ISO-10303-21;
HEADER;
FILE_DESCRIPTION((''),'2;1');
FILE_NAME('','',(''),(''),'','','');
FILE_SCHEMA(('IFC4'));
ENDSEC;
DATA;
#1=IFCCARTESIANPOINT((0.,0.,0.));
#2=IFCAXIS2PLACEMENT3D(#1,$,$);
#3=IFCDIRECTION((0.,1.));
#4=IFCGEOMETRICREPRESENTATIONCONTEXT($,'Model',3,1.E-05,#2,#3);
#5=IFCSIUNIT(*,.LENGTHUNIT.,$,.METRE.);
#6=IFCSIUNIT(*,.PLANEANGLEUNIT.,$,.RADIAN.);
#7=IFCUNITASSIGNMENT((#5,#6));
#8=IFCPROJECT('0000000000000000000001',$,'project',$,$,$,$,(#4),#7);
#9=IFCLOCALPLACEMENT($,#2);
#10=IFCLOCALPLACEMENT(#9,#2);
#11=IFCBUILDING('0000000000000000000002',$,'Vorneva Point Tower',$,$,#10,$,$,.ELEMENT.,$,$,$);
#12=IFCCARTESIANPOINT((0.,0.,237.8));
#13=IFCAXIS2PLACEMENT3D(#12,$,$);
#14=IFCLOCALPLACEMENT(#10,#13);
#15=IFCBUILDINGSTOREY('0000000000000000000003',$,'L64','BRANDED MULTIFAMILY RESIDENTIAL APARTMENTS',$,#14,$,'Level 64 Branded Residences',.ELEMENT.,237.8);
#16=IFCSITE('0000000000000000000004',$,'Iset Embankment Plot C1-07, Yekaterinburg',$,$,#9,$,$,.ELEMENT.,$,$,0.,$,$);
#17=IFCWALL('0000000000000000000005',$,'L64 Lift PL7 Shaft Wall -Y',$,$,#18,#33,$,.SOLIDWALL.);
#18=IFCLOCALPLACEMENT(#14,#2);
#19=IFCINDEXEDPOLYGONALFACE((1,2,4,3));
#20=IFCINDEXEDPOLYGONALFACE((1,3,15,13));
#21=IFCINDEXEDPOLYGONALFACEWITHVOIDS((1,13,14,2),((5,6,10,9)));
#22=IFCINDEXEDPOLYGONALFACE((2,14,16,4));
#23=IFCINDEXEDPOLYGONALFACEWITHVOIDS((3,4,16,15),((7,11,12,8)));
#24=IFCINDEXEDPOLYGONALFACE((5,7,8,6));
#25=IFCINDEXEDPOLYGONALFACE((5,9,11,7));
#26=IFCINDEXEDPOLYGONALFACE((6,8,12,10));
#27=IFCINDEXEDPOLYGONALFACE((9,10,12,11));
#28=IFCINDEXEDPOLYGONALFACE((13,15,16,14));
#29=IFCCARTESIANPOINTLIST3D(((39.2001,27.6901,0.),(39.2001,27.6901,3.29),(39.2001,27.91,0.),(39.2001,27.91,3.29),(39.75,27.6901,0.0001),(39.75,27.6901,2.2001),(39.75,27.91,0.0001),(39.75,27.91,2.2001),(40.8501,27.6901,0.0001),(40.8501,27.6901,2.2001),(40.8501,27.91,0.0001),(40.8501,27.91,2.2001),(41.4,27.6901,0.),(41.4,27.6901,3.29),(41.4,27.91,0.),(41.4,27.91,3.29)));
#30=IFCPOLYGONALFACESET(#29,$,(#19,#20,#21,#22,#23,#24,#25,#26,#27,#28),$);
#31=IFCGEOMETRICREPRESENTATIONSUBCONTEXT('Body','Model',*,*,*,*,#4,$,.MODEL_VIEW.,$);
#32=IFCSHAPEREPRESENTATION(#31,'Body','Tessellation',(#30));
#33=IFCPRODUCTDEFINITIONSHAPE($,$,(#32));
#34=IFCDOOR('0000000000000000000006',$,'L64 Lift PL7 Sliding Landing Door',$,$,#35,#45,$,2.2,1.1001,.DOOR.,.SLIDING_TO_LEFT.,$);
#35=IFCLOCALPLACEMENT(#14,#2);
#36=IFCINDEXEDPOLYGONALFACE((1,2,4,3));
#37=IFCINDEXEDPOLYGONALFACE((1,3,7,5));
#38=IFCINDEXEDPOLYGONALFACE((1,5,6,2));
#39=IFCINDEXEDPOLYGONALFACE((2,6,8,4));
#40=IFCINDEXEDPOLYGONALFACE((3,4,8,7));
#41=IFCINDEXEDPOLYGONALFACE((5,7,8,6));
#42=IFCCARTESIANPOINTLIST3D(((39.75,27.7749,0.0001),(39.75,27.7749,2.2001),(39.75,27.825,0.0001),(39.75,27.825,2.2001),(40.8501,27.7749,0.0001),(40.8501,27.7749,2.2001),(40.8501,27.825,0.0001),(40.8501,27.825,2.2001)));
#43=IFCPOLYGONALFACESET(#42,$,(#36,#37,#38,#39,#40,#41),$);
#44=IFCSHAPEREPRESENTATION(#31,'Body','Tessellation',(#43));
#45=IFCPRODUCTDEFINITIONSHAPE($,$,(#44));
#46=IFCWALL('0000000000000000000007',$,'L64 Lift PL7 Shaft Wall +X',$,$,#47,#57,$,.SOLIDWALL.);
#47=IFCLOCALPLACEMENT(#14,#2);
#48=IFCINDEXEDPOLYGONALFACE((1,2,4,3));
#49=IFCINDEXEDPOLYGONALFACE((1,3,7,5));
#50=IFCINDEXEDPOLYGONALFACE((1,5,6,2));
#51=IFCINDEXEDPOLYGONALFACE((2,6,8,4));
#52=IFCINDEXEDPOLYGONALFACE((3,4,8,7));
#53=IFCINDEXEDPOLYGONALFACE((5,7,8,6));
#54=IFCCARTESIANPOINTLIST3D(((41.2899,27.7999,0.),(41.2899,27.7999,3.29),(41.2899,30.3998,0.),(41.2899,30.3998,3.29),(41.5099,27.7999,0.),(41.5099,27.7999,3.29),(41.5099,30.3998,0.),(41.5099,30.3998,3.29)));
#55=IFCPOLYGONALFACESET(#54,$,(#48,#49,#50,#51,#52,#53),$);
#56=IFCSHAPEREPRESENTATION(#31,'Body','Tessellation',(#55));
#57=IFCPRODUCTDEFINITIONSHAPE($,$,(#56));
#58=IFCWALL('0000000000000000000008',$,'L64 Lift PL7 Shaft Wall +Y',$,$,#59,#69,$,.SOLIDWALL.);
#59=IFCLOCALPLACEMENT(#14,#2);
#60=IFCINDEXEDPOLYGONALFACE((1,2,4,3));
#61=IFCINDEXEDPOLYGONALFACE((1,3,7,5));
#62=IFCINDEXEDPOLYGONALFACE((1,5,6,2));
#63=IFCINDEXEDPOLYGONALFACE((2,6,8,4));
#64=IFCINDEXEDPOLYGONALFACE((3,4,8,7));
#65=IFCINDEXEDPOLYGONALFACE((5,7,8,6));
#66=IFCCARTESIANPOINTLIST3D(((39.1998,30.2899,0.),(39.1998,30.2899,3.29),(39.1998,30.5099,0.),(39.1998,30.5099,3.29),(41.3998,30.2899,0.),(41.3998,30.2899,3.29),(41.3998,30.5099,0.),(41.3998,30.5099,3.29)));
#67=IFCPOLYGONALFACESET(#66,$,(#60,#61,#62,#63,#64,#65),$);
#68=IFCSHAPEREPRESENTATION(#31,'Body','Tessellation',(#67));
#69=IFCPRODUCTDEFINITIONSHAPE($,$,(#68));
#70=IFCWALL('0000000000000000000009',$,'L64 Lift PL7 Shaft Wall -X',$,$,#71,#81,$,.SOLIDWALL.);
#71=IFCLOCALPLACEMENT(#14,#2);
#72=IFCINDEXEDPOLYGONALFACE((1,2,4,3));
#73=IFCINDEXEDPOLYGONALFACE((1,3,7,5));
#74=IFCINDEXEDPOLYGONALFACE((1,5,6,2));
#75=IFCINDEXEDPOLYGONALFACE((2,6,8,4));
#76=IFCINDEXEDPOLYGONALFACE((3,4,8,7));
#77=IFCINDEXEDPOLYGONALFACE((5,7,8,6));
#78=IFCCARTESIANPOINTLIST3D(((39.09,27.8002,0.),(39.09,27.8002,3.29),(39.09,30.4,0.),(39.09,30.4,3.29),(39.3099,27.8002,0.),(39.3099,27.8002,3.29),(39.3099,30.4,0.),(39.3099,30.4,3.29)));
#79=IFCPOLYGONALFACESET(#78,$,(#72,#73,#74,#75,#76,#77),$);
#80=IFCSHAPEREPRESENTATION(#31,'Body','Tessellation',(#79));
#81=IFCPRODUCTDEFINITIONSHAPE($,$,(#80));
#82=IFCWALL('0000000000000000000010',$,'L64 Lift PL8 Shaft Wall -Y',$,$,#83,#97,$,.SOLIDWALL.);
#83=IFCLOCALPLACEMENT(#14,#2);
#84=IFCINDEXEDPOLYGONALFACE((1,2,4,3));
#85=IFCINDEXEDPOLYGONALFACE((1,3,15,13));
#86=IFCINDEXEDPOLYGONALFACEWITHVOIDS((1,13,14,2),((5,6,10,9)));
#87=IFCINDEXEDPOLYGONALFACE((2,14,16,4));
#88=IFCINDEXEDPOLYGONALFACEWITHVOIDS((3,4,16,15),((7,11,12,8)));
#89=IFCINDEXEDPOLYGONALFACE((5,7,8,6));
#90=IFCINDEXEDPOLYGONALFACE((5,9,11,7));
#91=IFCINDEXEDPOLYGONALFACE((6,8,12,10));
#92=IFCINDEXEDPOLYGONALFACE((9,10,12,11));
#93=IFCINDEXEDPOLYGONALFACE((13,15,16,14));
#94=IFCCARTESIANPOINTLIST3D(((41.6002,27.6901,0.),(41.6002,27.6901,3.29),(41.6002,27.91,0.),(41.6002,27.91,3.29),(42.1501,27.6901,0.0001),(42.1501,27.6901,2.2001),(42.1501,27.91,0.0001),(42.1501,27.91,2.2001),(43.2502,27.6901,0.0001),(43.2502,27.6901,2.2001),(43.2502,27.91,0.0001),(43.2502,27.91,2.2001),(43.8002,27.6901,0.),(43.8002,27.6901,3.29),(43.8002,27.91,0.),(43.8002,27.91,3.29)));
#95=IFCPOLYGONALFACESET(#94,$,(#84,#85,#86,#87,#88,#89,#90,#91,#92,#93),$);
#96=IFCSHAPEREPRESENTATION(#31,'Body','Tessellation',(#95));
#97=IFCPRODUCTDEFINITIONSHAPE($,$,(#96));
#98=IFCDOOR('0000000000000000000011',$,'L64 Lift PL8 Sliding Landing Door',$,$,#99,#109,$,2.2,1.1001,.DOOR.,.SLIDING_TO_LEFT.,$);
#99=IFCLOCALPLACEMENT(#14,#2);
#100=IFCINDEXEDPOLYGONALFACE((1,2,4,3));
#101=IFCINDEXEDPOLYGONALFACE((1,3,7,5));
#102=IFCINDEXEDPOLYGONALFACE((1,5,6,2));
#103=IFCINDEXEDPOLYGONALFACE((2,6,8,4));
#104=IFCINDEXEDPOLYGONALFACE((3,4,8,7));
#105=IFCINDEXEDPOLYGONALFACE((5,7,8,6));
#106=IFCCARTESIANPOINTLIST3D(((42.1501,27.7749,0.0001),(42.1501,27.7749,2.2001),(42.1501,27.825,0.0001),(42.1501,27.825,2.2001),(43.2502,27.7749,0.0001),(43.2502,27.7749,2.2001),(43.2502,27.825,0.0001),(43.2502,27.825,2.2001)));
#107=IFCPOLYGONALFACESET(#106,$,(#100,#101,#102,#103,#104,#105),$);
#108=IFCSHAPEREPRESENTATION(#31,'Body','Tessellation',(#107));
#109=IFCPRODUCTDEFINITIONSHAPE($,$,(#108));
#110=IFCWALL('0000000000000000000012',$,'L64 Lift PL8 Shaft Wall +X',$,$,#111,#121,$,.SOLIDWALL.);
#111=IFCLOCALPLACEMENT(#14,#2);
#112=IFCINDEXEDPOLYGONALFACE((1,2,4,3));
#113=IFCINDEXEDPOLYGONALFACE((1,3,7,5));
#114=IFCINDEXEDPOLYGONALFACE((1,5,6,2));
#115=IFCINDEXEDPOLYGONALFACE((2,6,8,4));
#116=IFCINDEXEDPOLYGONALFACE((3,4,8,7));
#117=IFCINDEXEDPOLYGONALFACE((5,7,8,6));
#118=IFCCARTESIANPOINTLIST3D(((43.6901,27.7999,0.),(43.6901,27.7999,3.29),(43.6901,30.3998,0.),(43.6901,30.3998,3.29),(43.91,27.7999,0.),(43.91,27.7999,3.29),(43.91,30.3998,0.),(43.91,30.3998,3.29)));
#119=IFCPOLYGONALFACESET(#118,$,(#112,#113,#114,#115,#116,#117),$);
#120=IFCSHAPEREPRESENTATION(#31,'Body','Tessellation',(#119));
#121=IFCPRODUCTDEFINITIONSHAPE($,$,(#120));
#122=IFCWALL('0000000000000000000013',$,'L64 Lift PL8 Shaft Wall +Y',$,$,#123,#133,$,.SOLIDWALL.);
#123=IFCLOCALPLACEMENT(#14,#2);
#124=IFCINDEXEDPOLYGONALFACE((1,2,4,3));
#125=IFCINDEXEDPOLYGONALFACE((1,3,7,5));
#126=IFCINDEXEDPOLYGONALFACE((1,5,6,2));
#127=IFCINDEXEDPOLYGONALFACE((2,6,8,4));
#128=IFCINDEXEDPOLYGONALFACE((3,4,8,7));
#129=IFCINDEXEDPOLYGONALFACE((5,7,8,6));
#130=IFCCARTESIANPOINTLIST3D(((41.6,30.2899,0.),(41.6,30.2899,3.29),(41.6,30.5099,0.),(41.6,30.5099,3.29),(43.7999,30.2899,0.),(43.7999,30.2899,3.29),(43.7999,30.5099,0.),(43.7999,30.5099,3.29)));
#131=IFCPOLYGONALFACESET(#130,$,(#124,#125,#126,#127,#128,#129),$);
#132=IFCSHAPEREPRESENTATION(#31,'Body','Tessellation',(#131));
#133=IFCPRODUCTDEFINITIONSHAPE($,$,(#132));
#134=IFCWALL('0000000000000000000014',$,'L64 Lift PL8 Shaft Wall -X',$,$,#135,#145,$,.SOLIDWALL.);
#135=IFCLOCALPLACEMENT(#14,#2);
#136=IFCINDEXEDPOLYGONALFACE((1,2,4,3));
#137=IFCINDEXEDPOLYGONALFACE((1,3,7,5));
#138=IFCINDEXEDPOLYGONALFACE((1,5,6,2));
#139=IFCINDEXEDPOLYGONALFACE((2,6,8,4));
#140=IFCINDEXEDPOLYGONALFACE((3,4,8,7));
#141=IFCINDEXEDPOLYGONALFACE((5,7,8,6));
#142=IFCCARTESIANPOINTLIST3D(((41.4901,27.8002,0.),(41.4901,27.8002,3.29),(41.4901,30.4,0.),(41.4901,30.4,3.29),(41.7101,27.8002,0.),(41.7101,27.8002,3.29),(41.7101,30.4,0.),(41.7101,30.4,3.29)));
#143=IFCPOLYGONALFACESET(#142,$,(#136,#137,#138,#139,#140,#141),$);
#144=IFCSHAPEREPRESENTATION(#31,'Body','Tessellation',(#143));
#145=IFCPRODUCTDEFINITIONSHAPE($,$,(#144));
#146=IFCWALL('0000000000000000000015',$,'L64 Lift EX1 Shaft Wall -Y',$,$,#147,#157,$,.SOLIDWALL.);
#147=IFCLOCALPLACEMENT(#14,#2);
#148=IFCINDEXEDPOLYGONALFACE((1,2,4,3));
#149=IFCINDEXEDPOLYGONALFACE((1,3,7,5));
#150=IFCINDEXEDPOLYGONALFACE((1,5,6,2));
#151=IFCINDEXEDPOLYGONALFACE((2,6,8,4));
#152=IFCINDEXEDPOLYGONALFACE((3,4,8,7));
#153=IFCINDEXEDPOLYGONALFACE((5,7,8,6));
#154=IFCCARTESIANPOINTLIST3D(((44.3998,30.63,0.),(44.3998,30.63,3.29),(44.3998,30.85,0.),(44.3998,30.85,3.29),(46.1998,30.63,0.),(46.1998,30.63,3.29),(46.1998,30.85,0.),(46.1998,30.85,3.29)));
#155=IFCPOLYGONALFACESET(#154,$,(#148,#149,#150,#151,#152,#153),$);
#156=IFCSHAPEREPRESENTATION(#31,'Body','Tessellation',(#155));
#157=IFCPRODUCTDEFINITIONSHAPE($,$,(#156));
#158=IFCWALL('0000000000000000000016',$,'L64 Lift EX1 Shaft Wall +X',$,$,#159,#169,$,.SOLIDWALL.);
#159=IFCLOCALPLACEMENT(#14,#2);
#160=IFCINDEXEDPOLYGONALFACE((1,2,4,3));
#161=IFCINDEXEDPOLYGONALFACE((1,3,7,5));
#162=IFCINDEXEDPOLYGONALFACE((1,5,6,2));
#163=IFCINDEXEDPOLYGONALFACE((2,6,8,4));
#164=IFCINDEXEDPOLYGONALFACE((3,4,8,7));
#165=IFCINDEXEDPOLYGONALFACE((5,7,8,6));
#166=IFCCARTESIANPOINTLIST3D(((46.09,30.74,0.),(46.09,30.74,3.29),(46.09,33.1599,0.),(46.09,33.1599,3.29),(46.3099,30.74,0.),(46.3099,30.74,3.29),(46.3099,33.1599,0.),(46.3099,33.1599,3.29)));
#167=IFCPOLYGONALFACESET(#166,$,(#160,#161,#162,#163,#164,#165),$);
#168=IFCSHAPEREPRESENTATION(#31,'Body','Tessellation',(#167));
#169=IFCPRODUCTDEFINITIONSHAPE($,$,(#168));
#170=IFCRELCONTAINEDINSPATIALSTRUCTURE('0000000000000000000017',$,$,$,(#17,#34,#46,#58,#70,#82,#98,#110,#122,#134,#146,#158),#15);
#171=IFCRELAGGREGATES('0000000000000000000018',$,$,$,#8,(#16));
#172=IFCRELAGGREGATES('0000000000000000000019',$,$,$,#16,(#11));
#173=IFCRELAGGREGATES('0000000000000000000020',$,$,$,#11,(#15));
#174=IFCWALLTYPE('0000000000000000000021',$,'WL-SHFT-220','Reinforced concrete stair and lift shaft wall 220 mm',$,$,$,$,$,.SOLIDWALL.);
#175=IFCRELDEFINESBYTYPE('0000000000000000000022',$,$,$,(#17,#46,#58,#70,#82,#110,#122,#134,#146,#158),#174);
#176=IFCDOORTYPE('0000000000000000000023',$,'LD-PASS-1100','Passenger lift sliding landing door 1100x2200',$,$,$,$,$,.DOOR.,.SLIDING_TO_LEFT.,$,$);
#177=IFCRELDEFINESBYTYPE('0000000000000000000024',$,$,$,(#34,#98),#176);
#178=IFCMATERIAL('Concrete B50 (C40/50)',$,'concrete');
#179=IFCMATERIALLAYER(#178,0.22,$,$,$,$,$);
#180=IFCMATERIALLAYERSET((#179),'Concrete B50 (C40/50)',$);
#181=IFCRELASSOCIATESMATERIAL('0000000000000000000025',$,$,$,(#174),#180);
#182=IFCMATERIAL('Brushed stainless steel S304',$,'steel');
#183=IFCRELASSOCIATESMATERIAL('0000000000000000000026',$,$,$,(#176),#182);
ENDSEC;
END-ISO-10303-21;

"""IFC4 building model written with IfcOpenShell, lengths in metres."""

from ifc_helpers import new_model, si_unit, direction, frame, frame_2d, origin, place, context, subcontext, project, spatial, rectangle, extrude, material, layer, layer_set, type_object, element, fill, save


model = new_model("IFC4")

# Units and contexts
model_context = context("Model", 3, precision=1e-05, world=origin(), true_north=direction((0.0, 1.0)))
body_context = subcontext(model_context, "Body", "Model", "MODEL_VIEW")
ifc_project = project(units=[si_unit("LENGTHUNIT", "METRE"), si_unit("PLANEANGLEUNIT", "RADIAN")], contexts=[model_context])

# Site, building, storey
site_placement = place(None, origin())
site = spatial("IfcSite", under=ifc_project, at=site_placement, Name="Iset Embankment Plot C1-07, Yekaterinburg", CompositionType="ELEMENT", RefElevation=0.0)
building_placement = place(site_placement, origin())
building = spatial("IfcBuilding", under=site, at=building_placement, Name="Vorneva Point Tower", CompositionType="ELEMENT")
storey_placement = place(building_placement, frame((0.0, 0.0, 237.8)))
storey = spatial("IfcBuildingStorey", under=building, at=storey_placement, Name="L64", Description="BRANDED MULTIFAMILY RESIDENTIAL APARTMENTS", LongName="Level 64 Branded Residences", CompositionType="ELEMENT", Elevation=237.8)

# Shared definitions
ifc_material_1 = material(Name="Concrete B50 (C40/50)", Category="concrete")

# Shared definitions
ifc_material_2 = material(Name="Brushed stainless steel S304", Category="steel")

# Wall, opening, door
ifc_layer_1 = layer(ifc_material_1, 0.22)
ifc_layer_set_1 = layer_set([ifc_layer_1], Name="Concrete B50 (C40/50)")
wall_type_1 = type_object("IfcWallType", Name="WL-SHFT-220", Description="Reinforced concrete stair and lift shaft wall 220 mm", PredefinedType="SOLIDWALL", material=ifc_layer_set_1)
wall_1_placement = place(storey_placement, frame((39.2, 27.8, 0.0), z_axis=(0.0, 0.0, 1.0), x_axis=(1.0, 0.0, 0.0)))
wall_1 = element("IfcWall", 1, at=wall_1_placement, inside=storey, type_object=wall_type_1, Name="L64 Lift PL7 Shaft Wall -Y", PredefinedType="SOLIDWALL", context=body_context, shape_type="SweptSolid", body=[
    extrude(rectangle(XDim=2.2, YDim=0.22, at=frame_2d((1.1001, 0.0))), origin(), (0.0, 0.0, 1.0), 3.29),
])
opening_1_placement = place(wall_1_placement, frame((0.55, 0.0, 0.0)))
opening_1 = element("IfcOpeningElement", 2, at=opening_1_placement, cuts=wall_1, PredefinedType="OPENING", context=body_context, shape_type="SweptSolid", body=[
    extrude(rectangle(XDim=1.1001, YDim=2.2, at=frame_2d((0.55, 1.1001))), frame((0.0, 0.125, 0.0), z_axis=(0.0, -1.0, 0.0), x_axis=(1.0, 0.0, 0.0)), (0.0, 0.0, 1.0), 0.2498),
])
door_type_1 = type_object("IfcDoorType", Name="LD-PASS-1100", Description="Passenger lift sliding landing door 1100x2200", OperationType="SLIDING_TO_LEFT", PredefinedType="DOOR", material=ifc_material_2)
door_1_placement = place(opening_1_placement, origin())
door_1 = element("IfcDoor", 3, at=door_1_placement, inside=storey, type_object=door_type_1, Name="L64 Lift PL7 Sliding Landing Door", OperationType="SLIDING_TO_LEFT", OverallHeight=2.2, OverallWidth=1.1001, PredefinedType="DOOR", context=body_context, shape_type="SweptSolid", body=[
    extrude(rectangle(XDim=1.1001, YDim=2.2, at=frame_2d((0.55, 1.1001))), frame((0.0, 0.0249, 0.0), z_axis=(0.0, -1.0, 0.0), x_axis=(1.0, 0.0, 0.0)), (0.0, 0.0, 1.0), 0.05),
])
fill(opening_1, door_1)

# Walls
wall_2_placement = place(storey_placement, frame((41.3999, 27.8, 0.0), z_axis=(0.0, 0.0, 1.0), x_axis=(0.0, 1.0, 0.0)))
element("IfcWall", 4, at=wall_2_placement, inside=storey, type_object=wall_type_1, Name="L64 Lift PL7 Shaft Wall +X", PredefinedType="SOLIDWALL", context=body_context, shape_type="SweptSolid", body=[
    extrude(rectangle(XDim=2.5999, YDim=0.22, at=frame_2d((1.2998, 0.0))), origin(), (0.0, 0.0, 1.0), 3.29),
])
wall_3_placement = place(storey_placement, frame((41.3999, 30.3999, 0.0), z_axis=(0.0, 0.0, 1.0), x_axis=(-1.0, 0.0, 0.0)))
element("IfcWall", 5, at=wall_3_placement, inside=storey, type_object=wall_type_1, Name="L64 Lift PL7 Shaft Wall +Y", PredefinedType="SOLIDWALL", context=body_context, shape_type="SweptSolid", body=[
    extrude(rectangle(XDim=2.2, YDim=0.22, at=frame_2d((1.1001, 0.0))), origin(), (0.0, 0.0, 1.0), 3.29),
])
wall_4_placement = place(storey_placement, frame((39.2, 30.3999, 0.0), z_axis=(0.0, 0.0, 1.0), x_axis=(0.0, -1.0, 0.0)))
element("IfcWall", 6, at=wall_4_placement, inside=storey, type_object=wall_type_1, Name="L64 Lift PL7 Shaft Wall -X", PredefinedType="SOLIDWALL", context=body_context, shape_type="SweptSolid", body=[
    extrude(rectangle(XDim=2.5999, YDim=0.22, at=frame_2d((1.2998, 0.0))), origin(), (0.0, 0.0, 1.0), 3.29),
])

# Wall, opening, door
wall_5_placement = place(storey_placement, frame((41.6001, 27.8, 0.0), z_axis=(0.0, 0.0, 1.0), x_axis=(1.0, 0.0, 0.0)))
wall_5 = element("IfcWall", 7, at=wall_5_placement, inside=storey, type_object=wall_type_1, Name="L64 Lift PL8 Shaft Wall -Y", PredefinedType="SOLIDWALL", context=body_context, shape_type="SweptSolid", body=[
    extrude(rectangle(XDim=2.2, YDim=0.22, at=frame_2d((1.1001, 0.0))), origin(), (0.0, 0.0, 1.0), 3.29),
])
opening_2_placement = place(wall_5_placement, frame((0.55, 0.0, 0.0)))
opening_2 = element("IfcOpeningElement", 8, at=opening_2_placement, cuts=wall_5, PredefinedType="OPENING", context=body_context, shape_type="SweptSolid", body=[
    extrude(rectangle(XDim=1.1001, YDim=2.2, at=frame_2d((0.55, 1.1001))), frame((0.0, 0.125, 0.0), z_axis=(0.0, -1.0, 0.0), x_axis=(1.0, 0.0, 0.0)), (0.0, 0.0, 1.0), 0.2498),
])
door_2_placement = place(opening_2_placement, origin())
door_2 = element("IfcDoor", 9, at=door_2_placement, inside=storey, type_object=door_type_1, Name="L64 Lift PL8 Sliding Landing Door", OperationType="SLIDING_TO_LEFT", OverallHeight=2.2, OverallWidth=1.1001, PredefinedType="DOOR", context=body_context, shape_type="SweptSolid", body=[
    extrude(rectangle(XDim=1.1001, YDim=2.2, at=frame_2d((0.55, 1.1001))), frame((0.0, 0.0249, 0.0), z_axis=(0.0, -1.0, 0.0), x_axis=(1.0, 0.0, 0.0)), (0.0, 0.0, 1.0), 0.05),
])
fill(opening_2, door_2)

# Walls
wall_6_placement = place(storey_placement, frame((43.8, 27.8, 0.0), z_axis=(0.0, 0.0, 1.0), x_axis=(0.0, 1.0, 0.0)))
element("IfcWall", 10, at=wall_6_placement, inside=storey, type_object=wall_type_1, Name="L64 Lift PL8 Shaft Wall +X", PredefinedType="SOLIDWALL", context=body_context, shape_type="SweptSolid", body=[
    extrude(rectangle(XDim=2.5999, YDim=0.22, at=frame_2d((1.2998, 0.0))), origin(), (0.0, 0.0, 1.0), 3.29),
])
wall_7_placement = place(storey_placement, frame((43.8, 30.3999, 0.0), z_axis=(0.0, 0.0, 1.0), x_axis=(-1.0, 0.0, 0.0)))
element("IfcWall", 11, at=wall_7_placement, inside=storey, type_object=wall_type_1, Name="L64 Lift PL8 Shaft Wall +Y", PredefinedType="SOLIDWALL", context=body_context, shape_type="SweptSolid", body=[
    extrude(rectangle(XDim=2.2, YDim=0.22, at=frame_2d((1.1001, 0.0))), origin(), (0.0, 0.0, 1.0), 3.29),
])
wall_8_placement = place(storey_placement, frame((41.6001, 30.3999, 0.0), z_axis=(0.0, 0.0, 1.0), x_axis=(0.0, -1.0, 0.0)))
element("IfcWall", 12, at=wall_8_placement, inside=storey, type_object=wall_type_1, Name="L64 Lift PL8 Shaft Wall -X", PredefinedType="SOLIDWALL", context=body_context, shape_type="SweptSolid", body=[
    extrude(rectangle(XDim=2.5999, YDim=0.22, at=frame_2d((1.2998, 0.0))), origin(), (0.0, 0.0, 1.0), 3.29),
])
wall_9_placement = place(storey_placement, frame((44.3999, 30.74, 0.0), z_axis=(0.0, 0.0, 1.0), x_axis=(1.0, 0.0, 0.0)))
element("IfcWall", 13, at=wall_9_placement, inside=storey, type_object=wall_type_1, Name="L64 Lift EX1 Shaft Wall -Y", PredefinedType="SOLIDWALL", context=body_context, shape_type="SweptSolid", body=[
    extrude(rectangle(XDim=1.8, YDim=0.22, at=frame_2d((0.8999, 0.0))), origin(), (0.0, 0.0, 1.0), 3.29),
])
wall_10_placement = place(storey_placement, frame((46.2, 30.74, 0.0), z_axis=(0.0, 0.0, 1.0), x_axis=(0.0, 1.0, 0.0)))
element("IfcWall", 14, at=wall_10_placement, inside=storey, type_object=wall_type_1, Name="L64 Lift EX1 Shaft Wall +X", PredefinedType="SOLIDWALL", context=body_context, shape_type="SweptSolid", body=[
    extrude(rectangle(XDim=2.4199, YDim=0.22, at=frame_2d((1.21, 0.0))), origin(), (0.0, 0.0, 1.0), 3.29),
])

save(model, "model.ifc")
